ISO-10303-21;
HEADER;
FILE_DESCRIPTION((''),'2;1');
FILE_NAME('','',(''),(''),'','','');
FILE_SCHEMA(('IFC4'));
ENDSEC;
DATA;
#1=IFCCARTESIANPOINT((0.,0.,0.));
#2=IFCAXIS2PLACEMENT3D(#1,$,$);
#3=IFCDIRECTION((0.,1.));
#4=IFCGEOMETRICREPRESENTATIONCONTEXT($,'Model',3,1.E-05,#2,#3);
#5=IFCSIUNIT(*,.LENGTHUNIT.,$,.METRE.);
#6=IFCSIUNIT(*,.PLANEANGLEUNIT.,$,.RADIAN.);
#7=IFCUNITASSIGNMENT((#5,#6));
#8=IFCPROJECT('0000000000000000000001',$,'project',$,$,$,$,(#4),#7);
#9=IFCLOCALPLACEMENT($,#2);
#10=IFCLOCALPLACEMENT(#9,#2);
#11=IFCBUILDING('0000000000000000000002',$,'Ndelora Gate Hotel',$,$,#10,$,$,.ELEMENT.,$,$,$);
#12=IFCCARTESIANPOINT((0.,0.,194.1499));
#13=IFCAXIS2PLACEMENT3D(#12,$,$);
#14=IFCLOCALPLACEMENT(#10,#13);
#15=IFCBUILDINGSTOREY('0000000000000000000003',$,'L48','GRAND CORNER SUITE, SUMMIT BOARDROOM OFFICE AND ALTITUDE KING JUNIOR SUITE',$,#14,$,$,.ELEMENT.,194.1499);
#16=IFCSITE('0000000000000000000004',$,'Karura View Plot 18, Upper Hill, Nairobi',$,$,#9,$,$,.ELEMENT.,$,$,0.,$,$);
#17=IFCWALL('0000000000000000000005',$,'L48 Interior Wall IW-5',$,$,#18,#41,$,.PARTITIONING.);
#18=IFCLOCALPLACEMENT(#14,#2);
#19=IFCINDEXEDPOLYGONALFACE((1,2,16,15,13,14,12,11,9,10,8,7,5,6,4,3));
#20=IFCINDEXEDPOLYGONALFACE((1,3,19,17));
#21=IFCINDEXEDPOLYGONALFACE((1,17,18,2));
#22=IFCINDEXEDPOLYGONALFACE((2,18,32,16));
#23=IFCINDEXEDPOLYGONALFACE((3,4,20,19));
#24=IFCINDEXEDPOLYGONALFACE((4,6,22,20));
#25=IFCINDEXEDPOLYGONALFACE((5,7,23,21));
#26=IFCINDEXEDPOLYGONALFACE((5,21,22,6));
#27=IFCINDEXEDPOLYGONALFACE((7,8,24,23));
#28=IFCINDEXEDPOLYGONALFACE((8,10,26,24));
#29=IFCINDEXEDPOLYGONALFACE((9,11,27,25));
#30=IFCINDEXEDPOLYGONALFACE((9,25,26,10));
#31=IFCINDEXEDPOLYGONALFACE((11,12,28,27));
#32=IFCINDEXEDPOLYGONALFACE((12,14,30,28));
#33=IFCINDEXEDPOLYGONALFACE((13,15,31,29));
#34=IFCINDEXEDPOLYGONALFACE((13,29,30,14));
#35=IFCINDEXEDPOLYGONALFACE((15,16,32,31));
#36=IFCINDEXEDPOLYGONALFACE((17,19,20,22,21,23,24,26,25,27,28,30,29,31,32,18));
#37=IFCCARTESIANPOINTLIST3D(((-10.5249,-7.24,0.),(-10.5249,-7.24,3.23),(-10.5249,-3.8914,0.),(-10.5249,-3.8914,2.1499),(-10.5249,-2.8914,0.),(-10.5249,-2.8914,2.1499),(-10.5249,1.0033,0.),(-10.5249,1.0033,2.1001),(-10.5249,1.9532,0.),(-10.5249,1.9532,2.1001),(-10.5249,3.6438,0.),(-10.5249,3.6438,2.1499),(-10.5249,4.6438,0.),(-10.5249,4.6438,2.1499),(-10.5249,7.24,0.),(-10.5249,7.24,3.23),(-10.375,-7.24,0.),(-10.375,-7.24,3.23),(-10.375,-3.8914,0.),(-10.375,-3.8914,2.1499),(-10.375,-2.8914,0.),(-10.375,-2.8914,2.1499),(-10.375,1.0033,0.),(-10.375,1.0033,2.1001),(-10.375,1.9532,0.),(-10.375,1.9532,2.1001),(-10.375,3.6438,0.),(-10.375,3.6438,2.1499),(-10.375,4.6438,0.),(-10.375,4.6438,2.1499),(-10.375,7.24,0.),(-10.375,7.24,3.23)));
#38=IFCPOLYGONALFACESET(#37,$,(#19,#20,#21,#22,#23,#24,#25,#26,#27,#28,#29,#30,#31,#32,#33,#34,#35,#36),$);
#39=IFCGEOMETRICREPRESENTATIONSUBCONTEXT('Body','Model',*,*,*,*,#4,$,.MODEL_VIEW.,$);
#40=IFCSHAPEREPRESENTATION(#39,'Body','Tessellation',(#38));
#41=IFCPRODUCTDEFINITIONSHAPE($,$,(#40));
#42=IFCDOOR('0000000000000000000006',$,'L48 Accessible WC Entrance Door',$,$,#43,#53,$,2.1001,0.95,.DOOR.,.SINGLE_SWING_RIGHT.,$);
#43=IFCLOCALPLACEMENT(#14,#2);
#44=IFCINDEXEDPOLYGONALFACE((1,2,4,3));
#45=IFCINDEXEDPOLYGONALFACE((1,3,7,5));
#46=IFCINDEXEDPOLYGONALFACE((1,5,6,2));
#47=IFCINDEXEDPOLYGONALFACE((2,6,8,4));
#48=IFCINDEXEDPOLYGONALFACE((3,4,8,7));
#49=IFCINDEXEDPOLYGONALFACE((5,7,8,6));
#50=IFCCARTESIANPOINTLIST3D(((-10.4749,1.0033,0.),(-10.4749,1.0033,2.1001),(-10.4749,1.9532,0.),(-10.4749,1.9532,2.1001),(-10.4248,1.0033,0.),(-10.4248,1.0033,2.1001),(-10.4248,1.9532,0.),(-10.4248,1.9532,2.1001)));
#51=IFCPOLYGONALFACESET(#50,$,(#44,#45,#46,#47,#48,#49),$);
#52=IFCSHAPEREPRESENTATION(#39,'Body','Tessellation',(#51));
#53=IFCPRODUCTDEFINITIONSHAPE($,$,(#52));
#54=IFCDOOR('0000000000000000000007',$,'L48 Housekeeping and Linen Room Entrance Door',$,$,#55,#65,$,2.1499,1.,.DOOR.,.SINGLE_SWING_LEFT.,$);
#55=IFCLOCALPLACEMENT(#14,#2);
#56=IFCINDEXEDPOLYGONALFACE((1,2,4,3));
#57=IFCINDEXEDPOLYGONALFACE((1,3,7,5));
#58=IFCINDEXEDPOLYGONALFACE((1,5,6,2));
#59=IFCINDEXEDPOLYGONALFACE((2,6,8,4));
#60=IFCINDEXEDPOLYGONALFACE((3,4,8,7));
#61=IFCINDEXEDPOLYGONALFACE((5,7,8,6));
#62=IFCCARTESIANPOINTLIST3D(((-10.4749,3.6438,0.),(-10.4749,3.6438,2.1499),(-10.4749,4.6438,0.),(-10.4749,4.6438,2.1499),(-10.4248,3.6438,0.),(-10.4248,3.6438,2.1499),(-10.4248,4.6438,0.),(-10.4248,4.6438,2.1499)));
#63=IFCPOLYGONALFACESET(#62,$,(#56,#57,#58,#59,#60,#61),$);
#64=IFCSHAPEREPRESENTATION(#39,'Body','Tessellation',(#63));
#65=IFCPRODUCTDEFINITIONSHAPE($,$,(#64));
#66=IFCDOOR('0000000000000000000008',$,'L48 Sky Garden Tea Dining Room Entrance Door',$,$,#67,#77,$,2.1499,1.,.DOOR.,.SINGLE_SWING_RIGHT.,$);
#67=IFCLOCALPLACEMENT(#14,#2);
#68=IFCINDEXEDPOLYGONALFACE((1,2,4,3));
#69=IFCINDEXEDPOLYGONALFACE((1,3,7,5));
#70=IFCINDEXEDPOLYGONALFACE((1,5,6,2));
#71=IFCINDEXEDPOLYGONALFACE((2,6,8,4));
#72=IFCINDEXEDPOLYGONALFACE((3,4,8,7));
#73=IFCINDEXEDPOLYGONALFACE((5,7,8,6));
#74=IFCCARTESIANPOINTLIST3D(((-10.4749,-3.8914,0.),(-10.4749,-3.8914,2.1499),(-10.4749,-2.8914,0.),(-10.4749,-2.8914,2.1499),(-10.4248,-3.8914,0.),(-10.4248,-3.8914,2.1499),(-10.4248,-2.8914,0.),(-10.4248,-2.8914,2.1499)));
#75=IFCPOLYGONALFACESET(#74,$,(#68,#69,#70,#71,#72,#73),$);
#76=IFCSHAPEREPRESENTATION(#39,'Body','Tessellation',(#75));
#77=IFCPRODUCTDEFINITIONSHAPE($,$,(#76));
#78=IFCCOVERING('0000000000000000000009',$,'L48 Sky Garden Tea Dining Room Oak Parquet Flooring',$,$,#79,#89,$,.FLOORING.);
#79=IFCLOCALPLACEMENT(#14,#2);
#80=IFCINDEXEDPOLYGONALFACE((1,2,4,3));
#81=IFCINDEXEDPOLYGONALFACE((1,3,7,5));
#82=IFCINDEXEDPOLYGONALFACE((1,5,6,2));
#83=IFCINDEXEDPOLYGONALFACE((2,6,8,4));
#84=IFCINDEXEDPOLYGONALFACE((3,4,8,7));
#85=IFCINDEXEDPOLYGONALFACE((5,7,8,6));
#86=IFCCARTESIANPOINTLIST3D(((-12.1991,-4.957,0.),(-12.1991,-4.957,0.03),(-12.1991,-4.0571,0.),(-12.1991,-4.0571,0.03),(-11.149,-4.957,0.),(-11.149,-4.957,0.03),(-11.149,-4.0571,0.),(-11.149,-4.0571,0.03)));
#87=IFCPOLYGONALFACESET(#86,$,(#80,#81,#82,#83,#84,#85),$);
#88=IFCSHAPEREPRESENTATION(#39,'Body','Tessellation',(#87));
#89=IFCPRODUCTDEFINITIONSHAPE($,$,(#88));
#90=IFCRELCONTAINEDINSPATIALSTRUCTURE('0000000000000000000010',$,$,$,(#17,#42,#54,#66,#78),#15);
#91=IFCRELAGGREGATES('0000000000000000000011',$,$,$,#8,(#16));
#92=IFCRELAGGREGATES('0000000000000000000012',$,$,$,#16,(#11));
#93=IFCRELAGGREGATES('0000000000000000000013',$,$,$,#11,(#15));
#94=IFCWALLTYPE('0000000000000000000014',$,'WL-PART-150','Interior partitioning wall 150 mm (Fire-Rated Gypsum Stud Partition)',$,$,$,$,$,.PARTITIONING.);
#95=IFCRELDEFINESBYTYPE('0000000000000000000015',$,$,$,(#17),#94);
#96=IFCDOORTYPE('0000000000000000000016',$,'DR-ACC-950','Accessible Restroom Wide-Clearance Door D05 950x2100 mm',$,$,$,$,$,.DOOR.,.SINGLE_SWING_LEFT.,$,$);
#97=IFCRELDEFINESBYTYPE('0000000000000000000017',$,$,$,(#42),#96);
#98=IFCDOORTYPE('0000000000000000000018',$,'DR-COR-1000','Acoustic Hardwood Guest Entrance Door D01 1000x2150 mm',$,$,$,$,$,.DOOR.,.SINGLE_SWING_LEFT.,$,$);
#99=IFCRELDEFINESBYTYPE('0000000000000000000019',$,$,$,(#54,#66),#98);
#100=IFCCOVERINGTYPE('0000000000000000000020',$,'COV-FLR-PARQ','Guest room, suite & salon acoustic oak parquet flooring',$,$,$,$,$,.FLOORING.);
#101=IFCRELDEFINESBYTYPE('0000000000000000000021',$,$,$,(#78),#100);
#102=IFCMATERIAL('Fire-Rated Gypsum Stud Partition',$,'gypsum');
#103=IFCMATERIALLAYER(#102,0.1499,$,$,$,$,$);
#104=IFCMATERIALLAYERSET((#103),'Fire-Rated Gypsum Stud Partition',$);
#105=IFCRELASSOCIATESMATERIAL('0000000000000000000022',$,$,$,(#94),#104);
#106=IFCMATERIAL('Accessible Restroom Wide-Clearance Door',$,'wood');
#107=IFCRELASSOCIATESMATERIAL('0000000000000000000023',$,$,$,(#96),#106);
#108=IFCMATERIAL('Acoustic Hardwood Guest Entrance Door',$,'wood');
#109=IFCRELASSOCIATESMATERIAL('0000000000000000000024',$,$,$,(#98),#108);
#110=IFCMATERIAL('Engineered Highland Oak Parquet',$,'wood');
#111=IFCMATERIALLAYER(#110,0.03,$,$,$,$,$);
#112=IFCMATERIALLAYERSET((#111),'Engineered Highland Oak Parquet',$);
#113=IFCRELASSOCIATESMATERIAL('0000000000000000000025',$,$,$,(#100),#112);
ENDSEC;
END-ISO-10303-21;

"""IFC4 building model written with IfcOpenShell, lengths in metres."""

from ifc_helpers import new_model, si_unit, direction, frame, frame_2d, origin, origin_2d, place, context, subcontext, project, spatial, rectangle, extrude, material, layer, layer_set, type_object, element, fill, save


model = new_model("IFC4")

# Units and contexts
model_context = context("Model", 3, precision=1e-05, world=origin(), true_north=direction((0.0, 1.0)))
body_context = subcontext(model_context, "Body", "Model", "MODEL_VIEW")
ifc_project = project(units=[si_unit("LENGTHUNIT", "METRE"), si_unit("PLANEANGLEUNIT", "RADIAN")], contexts=[model_context])

# Site, building, storey
site_placement = place(None, origin())
site = spatial("IfcSite", under=ifc_project, at=site_placement, Name="Karura View Plot 18, Upper Hill, Nairobi", CompositionType="ELEMENT", RefElevation=0.0)
building_placement = place(site_placement, origin())
building = spatial("IfcBuilding", under=site, at=building_placement, Name="Ndelora Gate Hotel", CompositionType="ELEMENT")
storey_placement = place(building_placement, frame((0.0, 0.0, 194.1499)))
storey = spatial("IfcBuildingStorey", under=building, at=storey_placement, Name="L48", Description="GRAND CORNER SUITE, SUMMIT BOARDROOM OFFICE AND ALTITUDE KING JUNIOR SUITE", CompositionType="ELEMENT", Elevation=194.1499)

# Wall, openings, doors
ifc_material_1 = material(Name="Fire-Rated Gypsum Stud Partition", Category="gypsum")
ifc_layer_1 = layer(ifc_material_1, 0.1499)
ifc_layer_set_1 = layer_set([ifc_layer_1], Name="Fire-Rated Gypsum Stud Partition")
wall_type_1 = type_object("IfcWallType", Name="WL-PART-150", Description="Interior partitioning wall 150 mm (Fire-Rated Gypsum Stud Partition)", PredefinedType="PARTITIONING", material=ifc_layer_set_1)
wall_1_placement = place(storey_placement, frame((-10.45, -7.24, 0.0), z_axis=(0.0, 0.0, 1.0), x_axis=(0.0, 1.0, 0.0)))
wall_1 = element("IfcWall", 1, at=wall_1_placement, inside=storey, type_object=wall_type_1, Name="L48 Interior Wall IW-5", PredefinedType="PARTITIONING", context=body_context, shape_type="SweptSolid", body=[
    extrude(rectangle(XDim=14.48, YDim=0.1499, at=frame_2d((7.24, 0.0))), origin(), (0.0, 0.0, 1.0), 3.23),
])
opening_1_placement = place(wall_1_placement, frame((8.2432, 0.0, 0.0)))
opening_1 = element("IfcOpeningElement", 2, at=opening_1_placement, cuts=wall_1, PredefinedType="OPENING", context=body_context, shape_type="SweptSolid", body=[
    extrude(rectangle(XDim=0.95, YDim=2.1001, at=frame_2d((0.4751, 1.05))), frame((0.0, 0.085, 0.0), z_axis=(0.0, -1.0, 0.0), x_axis=(1.0, 0.0, 0.0)), (0.0, 0.0, 1.0), 0.1699),
])
opening_2_placement = place(wall_1_placement, frame((10.8838, 0.0, 0.0)))
opening_2 = element("IfcOpeningElement", 3, at=opening_2_placement, cuts=wall_1, PredefinedType="OPENING", context=body_context, shape_type="SweptSolid", body=[
    extrude(rectangle(XDim=1.0, YDim=2.1499, at=frame_2d((0.5, 1.075))), frame((0.0, 0.085, 0.0), z_axis=(0.0, -1.0, 0.0), x_axis=(1.0, 0.0, 0.0)), (0.0, 0.0, 1.0), 0.1699),
])
opening_3_placement = place(wall_1_placement, frame((3.3486, 0.0, 0.0)))
opening_3 = element("IfcOpeningElement", 4, at=opening_3_placement, cuts=wall_1, PredefinedType="OPENING", context=body_context, shape_type="SweptSolid", body=[
    extrude(rectangle(XDim=1.0, YDim=2.1499, at=frame_2d((0.5, 1.075))), frame((0.0, 0.085, 0.0), z_axis=(0.0, -1.0, 0.0), x_axis=(1.0, 0.0, 0.0)), (0.0, 0.0, 1.0), 0.1699),
])
ifc_material_2 = material(Name="Accessible Restroom Wide-Clearance Door", Category="wood")
door_type_1 = type_object("IfcDoorType", Name="DR-ACC-950", Description="Accessible Restroom Wide-Clearance Door D05 950x2100 mm", OperationType="SINGLE_SWING_LEFT", PredefinedType="DOOR", material=ifc_material_2)
door_1_placement = place(opening_1_placement, origin())
door_1 = element("IfcDoor", 5, at=door_1_placement, inside=storey, type_object=door_type_1, Name="L48 Accessible WC Entrance Door", OperationType="SINGLE_SWING_RIGHT", OverallHeight=2.1001, OverallWidth=0.95, PredefinedType="DOOR", context=body_context, shape_type="SweptSolid", body=[
    extrude(rectangle(XDim=0.95, YDim=2.1001, at=frame_2d((0.4751, 1.05))), frame((0.0, 0.0249, 0.0), z_axis=(0.0, -1.0, 0.0), x_axis=(1.0, 0.0, 0.0)), (0.0, 0.0, 1.0), 0.05),
])
fill(opening_1, door_1)
ifc_material_3 = material(Name="Acoustic Hardwood Guest Entrance Door", Category="wood")
door_type_2 = type_object("IfcDoorType", Name="DR-COR-1000", Description="Acoustic Hardwood Guest Entrance Door D01 1000x2150 mm", OperationType="SINGLE_SWING_LEFT", PredefinedType="DOOR", material=ifc_material_3)
door_2_placement = place(opening_2_placement, origin())
door_2 = element("IfcDoor", 6, at=door_2_placement, inside=storey, type_object=door_type_2, Name="L48 Housekeeping and Linen Room Entrance Door", OperationType="SINGLE_SWING_LEFT", OverallHeight=2.1499, OverallWidth=1.0, PredefinedType="DOOR", context=body_context, shape_type="SweptSolid", body=[
    extrude(rectangle(XDim=1.0, YDim=2.1499, at=frame_2d((0.5, 1.075))), frame((0.0, 0.0249, 0.0), z_axis=(0.0, -1.0, 0.0), x_axis=(1.0, 0.0, 0.0)), (0.0, 0.0, 1.0), 0.05),
])
fill(opening_2, door_2)
door_3_placement = place(opening_3_placement, origin())
door_3 = element("IfcDoor", 7, at=door_3_placement, inside=storey, type_object=door_type_2, Name="L48 Sky Garden Tea Dining Room Entrance Door", OperationType="SINGLE_SWING_RIGHT", OverallHeight=2.1499, OverallWidth=1.0, PredefinedType="DOOR", context=body_context, shape_type="SweptSolid", body=[
    extrude(rectangle(XDim=1.0, YDim=2.1499, at=frame_2d((0.5, 1.075))), frame((0.0, 0.0249, 0.0), z_axis=(0.0, -1.0, 0.0), x_axis=(1.0, 0.0, 0.0)), (0.0, 0.0, 1.0), 0.05),
])
fill(opening_3, door_3)

# Covering
ifc_material_4 = material(Name="Engineered Highland Oak Parquet", Category="wood")
ifc_layer_2 = layer(ifc_material_4, 0.03)
ifc_layer_set_2 = layer_set([ifc_layer_2], Name="Engineered Highland Oak Parquet")
covering_type = type_object("IfcCoveringType", Name="COV-FLR-PARQ", Description="Guest room, suite & salon acoustic oak parquet flooring", PredefinedType="FLOORING", material=ifc_layer_set_2)
covering_placement = place(storey_placement, frame((-11.6741, -4.5071, 0.0), z_axis=(0.0, 0.0, 1.0), x_axis=(1.0, 0.0, 0.0)))
element("IfcCovering", 8, at=covering_placement, inside=storey, type_object=covering_type, Name="L48 Sky Garden Tea Dining Room Oak Parquet Flooring", PredefinedType="FLOORING", context=body_context, shape_type="SweptSolid", body=[
    extrude(rectangle(XDim=1.05, YDim=0.8999, at=origin_2d()), origin(), (0.0, 0.0, 1.0), 0.03),
])

save(model, "model.ifc")
